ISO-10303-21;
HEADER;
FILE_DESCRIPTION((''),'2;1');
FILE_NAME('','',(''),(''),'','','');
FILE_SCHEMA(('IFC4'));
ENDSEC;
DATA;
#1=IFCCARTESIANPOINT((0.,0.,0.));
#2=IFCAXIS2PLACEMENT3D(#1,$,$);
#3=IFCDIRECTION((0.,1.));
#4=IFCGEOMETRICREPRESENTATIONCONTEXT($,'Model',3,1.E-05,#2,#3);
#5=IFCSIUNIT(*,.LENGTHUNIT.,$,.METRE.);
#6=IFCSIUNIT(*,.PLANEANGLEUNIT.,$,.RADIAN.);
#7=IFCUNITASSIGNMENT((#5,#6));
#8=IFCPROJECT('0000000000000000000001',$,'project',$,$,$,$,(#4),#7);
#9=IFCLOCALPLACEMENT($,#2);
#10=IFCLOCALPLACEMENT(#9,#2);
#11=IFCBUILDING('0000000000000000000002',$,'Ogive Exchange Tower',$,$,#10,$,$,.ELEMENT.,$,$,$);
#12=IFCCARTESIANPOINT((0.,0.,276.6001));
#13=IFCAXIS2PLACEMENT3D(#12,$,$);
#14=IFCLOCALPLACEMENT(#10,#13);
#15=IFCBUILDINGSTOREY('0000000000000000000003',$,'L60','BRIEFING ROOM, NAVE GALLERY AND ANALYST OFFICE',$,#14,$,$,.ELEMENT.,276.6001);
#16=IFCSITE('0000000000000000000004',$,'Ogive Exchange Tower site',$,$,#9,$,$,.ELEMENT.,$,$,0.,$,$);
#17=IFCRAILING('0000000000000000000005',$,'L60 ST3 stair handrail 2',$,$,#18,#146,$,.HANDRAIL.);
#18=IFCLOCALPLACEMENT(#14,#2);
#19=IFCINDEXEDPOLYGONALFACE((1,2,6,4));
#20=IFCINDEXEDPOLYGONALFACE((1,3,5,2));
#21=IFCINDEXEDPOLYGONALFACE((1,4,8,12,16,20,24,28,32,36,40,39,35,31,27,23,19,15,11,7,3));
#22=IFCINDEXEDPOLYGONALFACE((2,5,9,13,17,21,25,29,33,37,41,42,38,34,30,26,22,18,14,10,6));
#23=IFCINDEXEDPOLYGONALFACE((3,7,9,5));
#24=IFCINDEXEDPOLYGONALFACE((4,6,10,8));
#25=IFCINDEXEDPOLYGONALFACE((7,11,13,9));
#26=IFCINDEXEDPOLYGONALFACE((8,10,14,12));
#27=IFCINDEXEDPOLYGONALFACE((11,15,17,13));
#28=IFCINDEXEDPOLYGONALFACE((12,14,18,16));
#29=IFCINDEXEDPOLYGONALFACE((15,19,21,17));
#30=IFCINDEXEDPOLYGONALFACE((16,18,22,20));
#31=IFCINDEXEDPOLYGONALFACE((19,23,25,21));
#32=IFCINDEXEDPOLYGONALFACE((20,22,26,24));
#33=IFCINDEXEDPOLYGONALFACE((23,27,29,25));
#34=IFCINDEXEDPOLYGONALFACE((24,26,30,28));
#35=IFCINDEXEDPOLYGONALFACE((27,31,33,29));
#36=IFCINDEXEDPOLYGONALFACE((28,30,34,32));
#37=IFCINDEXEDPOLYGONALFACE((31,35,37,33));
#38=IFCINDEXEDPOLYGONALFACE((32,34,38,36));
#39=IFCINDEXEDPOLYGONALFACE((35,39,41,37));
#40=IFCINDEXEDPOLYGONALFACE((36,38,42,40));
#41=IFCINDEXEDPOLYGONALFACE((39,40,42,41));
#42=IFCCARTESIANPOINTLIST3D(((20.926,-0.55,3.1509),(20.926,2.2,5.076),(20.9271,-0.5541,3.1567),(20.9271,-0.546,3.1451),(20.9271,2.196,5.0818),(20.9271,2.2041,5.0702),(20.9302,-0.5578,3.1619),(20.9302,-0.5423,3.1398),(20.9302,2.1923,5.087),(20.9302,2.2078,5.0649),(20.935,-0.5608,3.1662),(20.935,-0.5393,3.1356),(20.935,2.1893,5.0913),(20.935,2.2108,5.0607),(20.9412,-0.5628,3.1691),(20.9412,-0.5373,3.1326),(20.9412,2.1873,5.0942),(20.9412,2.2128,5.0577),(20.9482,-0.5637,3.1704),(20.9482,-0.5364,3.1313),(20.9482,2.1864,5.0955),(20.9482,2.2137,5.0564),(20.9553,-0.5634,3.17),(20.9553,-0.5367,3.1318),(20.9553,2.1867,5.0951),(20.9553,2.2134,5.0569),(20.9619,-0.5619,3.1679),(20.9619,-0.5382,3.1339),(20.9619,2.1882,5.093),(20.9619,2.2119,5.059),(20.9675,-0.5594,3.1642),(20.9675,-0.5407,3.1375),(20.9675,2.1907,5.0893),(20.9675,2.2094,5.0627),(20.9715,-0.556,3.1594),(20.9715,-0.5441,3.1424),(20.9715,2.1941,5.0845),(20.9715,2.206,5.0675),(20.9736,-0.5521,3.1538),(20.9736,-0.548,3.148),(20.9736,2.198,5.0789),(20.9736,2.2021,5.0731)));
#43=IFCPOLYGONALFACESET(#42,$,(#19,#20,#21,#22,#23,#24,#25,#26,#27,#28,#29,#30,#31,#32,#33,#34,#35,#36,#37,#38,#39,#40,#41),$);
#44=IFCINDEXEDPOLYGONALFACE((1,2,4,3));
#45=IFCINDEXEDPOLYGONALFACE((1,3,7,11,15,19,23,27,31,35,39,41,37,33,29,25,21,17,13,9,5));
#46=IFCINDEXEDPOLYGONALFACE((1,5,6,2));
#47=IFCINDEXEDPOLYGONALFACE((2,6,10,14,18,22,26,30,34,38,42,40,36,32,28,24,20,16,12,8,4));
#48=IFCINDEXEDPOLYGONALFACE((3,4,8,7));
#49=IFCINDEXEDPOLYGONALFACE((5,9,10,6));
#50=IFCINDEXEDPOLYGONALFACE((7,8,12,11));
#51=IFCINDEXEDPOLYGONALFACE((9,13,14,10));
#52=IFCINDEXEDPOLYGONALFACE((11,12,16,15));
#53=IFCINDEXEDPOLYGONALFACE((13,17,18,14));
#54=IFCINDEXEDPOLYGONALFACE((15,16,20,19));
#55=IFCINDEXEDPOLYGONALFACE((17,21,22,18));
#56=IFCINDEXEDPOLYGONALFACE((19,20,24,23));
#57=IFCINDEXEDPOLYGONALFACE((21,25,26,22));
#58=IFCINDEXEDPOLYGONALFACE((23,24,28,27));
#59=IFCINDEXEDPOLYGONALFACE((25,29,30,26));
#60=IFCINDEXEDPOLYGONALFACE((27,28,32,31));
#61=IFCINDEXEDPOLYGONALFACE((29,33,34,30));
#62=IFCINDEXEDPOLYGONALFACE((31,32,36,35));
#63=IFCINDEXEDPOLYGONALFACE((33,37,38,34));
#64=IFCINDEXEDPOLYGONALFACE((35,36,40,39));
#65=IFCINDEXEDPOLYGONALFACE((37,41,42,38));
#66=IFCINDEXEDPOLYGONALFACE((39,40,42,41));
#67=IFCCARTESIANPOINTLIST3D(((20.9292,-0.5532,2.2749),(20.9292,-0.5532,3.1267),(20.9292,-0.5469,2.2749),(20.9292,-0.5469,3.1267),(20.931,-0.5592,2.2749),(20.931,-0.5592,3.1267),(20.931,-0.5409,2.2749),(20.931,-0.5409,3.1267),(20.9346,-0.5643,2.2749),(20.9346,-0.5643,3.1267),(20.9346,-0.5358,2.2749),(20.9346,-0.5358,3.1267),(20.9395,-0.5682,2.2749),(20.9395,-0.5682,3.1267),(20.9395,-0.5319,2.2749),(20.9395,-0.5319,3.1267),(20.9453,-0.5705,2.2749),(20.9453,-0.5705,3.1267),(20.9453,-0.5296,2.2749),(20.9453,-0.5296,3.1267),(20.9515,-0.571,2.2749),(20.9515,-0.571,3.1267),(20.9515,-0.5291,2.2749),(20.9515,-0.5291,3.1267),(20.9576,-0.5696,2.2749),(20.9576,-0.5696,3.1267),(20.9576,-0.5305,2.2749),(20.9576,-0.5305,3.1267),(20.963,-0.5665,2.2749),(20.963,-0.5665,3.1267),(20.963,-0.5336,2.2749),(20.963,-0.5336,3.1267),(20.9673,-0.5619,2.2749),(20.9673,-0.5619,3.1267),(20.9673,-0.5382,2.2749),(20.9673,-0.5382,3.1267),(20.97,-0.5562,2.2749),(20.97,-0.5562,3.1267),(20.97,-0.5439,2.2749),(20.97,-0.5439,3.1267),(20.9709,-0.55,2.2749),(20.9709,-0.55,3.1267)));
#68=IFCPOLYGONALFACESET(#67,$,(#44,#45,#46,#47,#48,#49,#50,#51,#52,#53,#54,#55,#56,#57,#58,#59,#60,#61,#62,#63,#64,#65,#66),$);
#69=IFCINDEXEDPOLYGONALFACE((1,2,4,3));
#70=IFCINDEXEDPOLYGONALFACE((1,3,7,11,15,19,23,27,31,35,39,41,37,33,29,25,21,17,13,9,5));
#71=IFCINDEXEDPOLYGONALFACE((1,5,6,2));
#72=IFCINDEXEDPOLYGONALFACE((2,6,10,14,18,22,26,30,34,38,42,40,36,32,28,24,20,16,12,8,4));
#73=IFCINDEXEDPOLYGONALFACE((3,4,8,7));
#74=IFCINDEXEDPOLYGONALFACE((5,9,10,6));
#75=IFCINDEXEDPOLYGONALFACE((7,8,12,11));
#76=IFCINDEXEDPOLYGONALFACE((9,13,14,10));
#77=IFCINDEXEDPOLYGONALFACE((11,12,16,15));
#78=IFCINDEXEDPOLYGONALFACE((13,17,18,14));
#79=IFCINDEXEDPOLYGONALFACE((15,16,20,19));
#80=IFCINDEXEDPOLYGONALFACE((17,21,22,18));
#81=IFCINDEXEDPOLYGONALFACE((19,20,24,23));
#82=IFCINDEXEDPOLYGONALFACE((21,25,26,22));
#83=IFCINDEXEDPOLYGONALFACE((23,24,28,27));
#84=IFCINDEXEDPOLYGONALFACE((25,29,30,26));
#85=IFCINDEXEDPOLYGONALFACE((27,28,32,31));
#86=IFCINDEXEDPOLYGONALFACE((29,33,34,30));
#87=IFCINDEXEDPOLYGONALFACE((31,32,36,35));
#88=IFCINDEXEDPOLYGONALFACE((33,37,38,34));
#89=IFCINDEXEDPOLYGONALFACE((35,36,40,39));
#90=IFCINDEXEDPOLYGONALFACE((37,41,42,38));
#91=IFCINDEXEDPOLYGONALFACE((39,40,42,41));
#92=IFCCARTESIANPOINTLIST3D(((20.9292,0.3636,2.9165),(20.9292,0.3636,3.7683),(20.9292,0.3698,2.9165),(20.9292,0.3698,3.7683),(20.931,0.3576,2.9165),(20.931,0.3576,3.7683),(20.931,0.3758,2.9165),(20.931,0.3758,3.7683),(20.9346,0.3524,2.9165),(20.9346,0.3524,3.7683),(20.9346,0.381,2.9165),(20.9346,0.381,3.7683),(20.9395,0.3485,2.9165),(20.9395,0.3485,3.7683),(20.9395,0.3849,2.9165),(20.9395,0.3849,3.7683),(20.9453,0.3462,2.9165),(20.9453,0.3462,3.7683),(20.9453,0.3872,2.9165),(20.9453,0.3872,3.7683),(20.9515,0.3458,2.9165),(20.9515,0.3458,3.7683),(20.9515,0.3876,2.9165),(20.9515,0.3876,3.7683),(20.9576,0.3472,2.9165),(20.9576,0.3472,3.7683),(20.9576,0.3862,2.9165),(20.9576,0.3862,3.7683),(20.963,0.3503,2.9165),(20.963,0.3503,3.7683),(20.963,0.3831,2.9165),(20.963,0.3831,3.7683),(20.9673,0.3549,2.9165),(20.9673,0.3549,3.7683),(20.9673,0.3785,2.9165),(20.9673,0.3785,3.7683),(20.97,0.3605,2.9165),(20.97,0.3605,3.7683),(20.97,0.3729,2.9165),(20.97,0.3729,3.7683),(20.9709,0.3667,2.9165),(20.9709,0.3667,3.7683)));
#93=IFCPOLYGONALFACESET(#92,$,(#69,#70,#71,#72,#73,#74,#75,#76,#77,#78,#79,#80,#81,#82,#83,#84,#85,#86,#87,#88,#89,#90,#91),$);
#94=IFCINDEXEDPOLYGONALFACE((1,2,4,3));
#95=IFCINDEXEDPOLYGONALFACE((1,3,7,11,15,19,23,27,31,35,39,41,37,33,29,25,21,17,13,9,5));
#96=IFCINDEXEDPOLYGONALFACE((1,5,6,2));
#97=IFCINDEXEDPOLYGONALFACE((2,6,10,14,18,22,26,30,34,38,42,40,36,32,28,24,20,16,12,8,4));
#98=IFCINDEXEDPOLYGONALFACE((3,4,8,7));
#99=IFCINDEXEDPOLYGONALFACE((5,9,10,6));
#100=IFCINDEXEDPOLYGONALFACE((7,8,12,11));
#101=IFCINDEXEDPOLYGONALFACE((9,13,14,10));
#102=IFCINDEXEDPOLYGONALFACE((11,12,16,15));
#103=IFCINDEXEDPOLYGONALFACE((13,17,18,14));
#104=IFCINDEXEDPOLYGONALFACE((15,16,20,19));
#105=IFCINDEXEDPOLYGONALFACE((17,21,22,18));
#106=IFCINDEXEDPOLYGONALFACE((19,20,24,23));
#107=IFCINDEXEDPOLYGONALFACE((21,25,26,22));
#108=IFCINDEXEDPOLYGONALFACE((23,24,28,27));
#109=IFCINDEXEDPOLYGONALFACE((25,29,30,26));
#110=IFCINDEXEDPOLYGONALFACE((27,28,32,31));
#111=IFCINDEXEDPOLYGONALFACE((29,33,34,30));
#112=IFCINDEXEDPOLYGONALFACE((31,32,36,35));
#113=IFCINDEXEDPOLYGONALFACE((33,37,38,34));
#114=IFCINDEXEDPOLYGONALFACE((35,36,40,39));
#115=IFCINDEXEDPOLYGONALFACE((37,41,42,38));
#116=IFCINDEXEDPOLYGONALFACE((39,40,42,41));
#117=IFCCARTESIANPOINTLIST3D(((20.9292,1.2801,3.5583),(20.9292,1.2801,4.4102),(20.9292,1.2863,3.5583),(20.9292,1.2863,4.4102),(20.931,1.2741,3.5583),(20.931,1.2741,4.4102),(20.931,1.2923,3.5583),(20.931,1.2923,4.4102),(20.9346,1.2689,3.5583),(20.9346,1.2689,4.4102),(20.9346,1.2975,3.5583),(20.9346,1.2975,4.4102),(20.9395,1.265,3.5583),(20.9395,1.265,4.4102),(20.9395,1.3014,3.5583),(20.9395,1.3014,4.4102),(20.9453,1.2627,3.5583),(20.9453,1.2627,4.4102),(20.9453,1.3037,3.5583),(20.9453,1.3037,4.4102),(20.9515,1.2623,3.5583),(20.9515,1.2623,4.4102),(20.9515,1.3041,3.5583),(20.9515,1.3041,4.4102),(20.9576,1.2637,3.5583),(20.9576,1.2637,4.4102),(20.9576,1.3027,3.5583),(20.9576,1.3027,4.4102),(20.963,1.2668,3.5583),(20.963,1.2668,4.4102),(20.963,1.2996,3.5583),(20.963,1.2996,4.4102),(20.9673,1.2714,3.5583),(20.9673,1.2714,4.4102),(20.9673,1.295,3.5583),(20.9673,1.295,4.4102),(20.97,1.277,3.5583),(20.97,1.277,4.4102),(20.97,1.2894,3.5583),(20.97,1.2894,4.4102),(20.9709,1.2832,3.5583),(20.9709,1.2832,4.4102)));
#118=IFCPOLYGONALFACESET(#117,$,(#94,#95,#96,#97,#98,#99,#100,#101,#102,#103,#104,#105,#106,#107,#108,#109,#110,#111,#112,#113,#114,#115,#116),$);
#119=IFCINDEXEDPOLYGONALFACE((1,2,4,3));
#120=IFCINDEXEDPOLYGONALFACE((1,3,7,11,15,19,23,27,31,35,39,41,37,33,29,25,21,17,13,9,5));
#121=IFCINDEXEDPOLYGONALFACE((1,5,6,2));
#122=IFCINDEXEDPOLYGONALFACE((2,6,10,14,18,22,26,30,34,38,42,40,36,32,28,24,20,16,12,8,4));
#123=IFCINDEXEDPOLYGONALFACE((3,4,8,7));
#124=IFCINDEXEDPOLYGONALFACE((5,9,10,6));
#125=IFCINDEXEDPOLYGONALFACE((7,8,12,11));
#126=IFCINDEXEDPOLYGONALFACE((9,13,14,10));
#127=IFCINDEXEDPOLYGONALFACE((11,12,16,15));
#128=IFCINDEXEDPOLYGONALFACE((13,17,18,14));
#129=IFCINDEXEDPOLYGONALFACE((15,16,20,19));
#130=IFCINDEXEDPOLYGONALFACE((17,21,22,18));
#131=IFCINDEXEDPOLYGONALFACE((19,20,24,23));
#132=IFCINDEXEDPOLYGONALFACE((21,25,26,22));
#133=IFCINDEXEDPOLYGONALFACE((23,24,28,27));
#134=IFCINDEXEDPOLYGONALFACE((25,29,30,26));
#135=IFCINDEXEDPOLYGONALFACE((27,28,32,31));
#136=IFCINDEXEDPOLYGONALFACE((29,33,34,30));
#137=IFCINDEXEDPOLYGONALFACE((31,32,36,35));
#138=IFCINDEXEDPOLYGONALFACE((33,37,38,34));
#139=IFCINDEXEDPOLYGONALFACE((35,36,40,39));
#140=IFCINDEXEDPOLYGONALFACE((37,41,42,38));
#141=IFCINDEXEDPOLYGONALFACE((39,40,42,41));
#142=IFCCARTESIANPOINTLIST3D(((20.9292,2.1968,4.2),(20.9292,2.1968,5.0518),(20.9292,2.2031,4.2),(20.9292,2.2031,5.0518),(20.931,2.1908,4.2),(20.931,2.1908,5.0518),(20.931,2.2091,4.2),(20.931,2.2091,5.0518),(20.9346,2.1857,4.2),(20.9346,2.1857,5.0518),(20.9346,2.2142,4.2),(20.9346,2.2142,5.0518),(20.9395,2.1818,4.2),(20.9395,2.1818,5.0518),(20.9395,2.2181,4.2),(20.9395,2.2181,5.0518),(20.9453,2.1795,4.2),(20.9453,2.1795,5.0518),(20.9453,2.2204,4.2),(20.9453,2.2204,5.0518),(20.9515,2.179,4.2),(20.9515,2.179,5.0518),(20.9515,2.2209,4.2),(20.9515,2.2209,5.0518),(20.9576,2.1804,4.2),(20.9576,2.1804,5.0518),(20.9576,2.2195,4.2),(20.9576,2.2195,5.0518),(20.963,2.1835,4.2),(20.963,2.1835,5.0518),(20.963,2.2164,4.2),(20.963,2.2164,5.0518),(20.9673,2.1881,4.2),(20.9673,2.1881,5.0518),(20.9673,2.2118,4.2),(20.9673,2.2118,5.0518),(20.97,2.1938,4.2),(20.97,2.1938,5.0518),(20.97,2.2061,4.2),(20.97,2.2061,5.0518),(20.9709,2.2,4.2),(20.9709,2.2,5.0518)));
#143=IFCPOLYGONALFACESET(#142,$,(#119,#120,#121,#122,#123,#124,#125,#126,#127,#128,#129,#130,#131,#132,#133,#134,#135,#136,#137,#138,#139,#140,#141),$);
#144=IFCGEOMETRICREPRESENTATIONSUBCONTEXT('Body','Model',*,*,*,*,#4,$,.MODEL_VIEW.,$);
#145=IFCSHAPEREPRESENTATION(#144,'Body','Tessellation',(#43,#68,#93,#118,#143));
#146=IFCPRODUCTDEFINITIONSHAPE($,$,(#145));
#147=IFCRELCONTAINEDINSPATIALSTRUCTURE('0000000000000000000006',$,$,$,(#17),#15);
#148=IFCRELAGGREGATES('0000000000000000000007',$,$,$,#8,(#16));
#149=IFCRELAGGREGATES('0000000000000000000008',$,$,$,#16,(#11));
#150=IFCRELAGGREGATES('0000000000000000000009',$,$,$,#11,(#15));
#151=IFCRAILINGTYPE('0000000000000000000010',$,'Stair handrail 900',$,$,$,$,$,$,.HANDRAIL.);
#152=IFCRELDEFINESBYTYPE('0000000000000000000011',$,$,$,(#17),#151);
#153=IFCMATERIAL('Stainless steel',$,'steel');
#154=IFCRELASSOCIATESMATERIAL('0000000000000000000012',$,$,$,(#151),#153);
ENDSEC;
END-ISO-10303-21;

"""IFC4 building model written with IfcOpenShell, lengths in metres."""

from ifc_helpers import new_model, si_unit, direction, frame, origin, origin_2d, place, context, subcontext, project, spatial, circle, extrude, material, type_object, element, save


model = new_model("IFC4")

# Units and contexts
model_context = context("Model", 3, precision=1e-05, world=origin(), true_north=direction((0.0, 1.0)))
body_context = subcontext(model_context, "Body", "Model", "MODEL_VIEW")
ifc_project = project(units=[si_unit("LENGTHUNIT", "METRE"), si_unit("PLANEANGLEUNIT", "RADIAN")], contexts=[model_context])

# Site, building, storey
site_placement = place(None, origin())
site = spatial("IfcSite", under=ifc_project, at=site_placement, Name="Ogive Exchange Tower site", CompositionType="ELEMENT", RefElevation=0.0)
building_placement = place(site_placement, origin())
building = spatial("IfcBuilding", under=site, at=building_placement, Name="Ogive Exchange Tower", CompositionType="ELEMENT")
storey_placement = place(building_placement, frame((0.0, 0.0, 276.6001)))
storey = spatial("IfcBuildingStorey", under=building, at=storey_placement, Name="L60", Description="BRIEFING ROOM, NAVE GALLERY AND ANALYST OFFICE", CompositionType="ELEMENT", Elevation=276.6001)

# Shared definitions
ifc_material_1 = material(Name="Stainless steel", Category="steel")

# Railing
railing_type = type_object("IfcRailingType", Name="Stair handrail 900", PredefinedType="HANDRAIL", material=ifc_material_1)
railing_1_placement = place(storey_placement, frame((20.95, -0.55, 2.2749)))
element("IfcRailing", 1, at=railing_1_placement, inside=storey, type_object=railing_type, Name="L60 ST3 stair handrail 2", PredefinedType="HANDRAIL", context=body_context, shape_type="SweptSolid", body=[
    extrude(circle(Radius=0.0239, at=origin_2d()), frame((0.0, 0.0, 0.876), z_axis=(0.0, 0.819225, 0.573472), x_axis=(-1.0, 0.0, 0.0)), (0.0, 0.0, 1.0), 3.3569),
    extrude(circle(Radius=0.021, at=origin_2d()), origin(), (0.0, 0.0, 1.0), 0.8518),
    extrude(circle(Radius=0.021, at=origin_2d()), frame((0.0, 0.9167, 0.6416)), (0.0, 0.0, 1.0), 0.8518),
    extrude(circle(Radius=0.021, at=origin_2d()), frame((0.0, 1.8333, 1.2834)), (0.0, 0.0, 1.0), 0.8518),
    extrude(circle(Radius=0.021, at=origin_2d()), frame((0.0, 2.75, 1.925)), (0.0, 0.0, 1.0), 0.8518),
])

save(model, "model.ifc")
